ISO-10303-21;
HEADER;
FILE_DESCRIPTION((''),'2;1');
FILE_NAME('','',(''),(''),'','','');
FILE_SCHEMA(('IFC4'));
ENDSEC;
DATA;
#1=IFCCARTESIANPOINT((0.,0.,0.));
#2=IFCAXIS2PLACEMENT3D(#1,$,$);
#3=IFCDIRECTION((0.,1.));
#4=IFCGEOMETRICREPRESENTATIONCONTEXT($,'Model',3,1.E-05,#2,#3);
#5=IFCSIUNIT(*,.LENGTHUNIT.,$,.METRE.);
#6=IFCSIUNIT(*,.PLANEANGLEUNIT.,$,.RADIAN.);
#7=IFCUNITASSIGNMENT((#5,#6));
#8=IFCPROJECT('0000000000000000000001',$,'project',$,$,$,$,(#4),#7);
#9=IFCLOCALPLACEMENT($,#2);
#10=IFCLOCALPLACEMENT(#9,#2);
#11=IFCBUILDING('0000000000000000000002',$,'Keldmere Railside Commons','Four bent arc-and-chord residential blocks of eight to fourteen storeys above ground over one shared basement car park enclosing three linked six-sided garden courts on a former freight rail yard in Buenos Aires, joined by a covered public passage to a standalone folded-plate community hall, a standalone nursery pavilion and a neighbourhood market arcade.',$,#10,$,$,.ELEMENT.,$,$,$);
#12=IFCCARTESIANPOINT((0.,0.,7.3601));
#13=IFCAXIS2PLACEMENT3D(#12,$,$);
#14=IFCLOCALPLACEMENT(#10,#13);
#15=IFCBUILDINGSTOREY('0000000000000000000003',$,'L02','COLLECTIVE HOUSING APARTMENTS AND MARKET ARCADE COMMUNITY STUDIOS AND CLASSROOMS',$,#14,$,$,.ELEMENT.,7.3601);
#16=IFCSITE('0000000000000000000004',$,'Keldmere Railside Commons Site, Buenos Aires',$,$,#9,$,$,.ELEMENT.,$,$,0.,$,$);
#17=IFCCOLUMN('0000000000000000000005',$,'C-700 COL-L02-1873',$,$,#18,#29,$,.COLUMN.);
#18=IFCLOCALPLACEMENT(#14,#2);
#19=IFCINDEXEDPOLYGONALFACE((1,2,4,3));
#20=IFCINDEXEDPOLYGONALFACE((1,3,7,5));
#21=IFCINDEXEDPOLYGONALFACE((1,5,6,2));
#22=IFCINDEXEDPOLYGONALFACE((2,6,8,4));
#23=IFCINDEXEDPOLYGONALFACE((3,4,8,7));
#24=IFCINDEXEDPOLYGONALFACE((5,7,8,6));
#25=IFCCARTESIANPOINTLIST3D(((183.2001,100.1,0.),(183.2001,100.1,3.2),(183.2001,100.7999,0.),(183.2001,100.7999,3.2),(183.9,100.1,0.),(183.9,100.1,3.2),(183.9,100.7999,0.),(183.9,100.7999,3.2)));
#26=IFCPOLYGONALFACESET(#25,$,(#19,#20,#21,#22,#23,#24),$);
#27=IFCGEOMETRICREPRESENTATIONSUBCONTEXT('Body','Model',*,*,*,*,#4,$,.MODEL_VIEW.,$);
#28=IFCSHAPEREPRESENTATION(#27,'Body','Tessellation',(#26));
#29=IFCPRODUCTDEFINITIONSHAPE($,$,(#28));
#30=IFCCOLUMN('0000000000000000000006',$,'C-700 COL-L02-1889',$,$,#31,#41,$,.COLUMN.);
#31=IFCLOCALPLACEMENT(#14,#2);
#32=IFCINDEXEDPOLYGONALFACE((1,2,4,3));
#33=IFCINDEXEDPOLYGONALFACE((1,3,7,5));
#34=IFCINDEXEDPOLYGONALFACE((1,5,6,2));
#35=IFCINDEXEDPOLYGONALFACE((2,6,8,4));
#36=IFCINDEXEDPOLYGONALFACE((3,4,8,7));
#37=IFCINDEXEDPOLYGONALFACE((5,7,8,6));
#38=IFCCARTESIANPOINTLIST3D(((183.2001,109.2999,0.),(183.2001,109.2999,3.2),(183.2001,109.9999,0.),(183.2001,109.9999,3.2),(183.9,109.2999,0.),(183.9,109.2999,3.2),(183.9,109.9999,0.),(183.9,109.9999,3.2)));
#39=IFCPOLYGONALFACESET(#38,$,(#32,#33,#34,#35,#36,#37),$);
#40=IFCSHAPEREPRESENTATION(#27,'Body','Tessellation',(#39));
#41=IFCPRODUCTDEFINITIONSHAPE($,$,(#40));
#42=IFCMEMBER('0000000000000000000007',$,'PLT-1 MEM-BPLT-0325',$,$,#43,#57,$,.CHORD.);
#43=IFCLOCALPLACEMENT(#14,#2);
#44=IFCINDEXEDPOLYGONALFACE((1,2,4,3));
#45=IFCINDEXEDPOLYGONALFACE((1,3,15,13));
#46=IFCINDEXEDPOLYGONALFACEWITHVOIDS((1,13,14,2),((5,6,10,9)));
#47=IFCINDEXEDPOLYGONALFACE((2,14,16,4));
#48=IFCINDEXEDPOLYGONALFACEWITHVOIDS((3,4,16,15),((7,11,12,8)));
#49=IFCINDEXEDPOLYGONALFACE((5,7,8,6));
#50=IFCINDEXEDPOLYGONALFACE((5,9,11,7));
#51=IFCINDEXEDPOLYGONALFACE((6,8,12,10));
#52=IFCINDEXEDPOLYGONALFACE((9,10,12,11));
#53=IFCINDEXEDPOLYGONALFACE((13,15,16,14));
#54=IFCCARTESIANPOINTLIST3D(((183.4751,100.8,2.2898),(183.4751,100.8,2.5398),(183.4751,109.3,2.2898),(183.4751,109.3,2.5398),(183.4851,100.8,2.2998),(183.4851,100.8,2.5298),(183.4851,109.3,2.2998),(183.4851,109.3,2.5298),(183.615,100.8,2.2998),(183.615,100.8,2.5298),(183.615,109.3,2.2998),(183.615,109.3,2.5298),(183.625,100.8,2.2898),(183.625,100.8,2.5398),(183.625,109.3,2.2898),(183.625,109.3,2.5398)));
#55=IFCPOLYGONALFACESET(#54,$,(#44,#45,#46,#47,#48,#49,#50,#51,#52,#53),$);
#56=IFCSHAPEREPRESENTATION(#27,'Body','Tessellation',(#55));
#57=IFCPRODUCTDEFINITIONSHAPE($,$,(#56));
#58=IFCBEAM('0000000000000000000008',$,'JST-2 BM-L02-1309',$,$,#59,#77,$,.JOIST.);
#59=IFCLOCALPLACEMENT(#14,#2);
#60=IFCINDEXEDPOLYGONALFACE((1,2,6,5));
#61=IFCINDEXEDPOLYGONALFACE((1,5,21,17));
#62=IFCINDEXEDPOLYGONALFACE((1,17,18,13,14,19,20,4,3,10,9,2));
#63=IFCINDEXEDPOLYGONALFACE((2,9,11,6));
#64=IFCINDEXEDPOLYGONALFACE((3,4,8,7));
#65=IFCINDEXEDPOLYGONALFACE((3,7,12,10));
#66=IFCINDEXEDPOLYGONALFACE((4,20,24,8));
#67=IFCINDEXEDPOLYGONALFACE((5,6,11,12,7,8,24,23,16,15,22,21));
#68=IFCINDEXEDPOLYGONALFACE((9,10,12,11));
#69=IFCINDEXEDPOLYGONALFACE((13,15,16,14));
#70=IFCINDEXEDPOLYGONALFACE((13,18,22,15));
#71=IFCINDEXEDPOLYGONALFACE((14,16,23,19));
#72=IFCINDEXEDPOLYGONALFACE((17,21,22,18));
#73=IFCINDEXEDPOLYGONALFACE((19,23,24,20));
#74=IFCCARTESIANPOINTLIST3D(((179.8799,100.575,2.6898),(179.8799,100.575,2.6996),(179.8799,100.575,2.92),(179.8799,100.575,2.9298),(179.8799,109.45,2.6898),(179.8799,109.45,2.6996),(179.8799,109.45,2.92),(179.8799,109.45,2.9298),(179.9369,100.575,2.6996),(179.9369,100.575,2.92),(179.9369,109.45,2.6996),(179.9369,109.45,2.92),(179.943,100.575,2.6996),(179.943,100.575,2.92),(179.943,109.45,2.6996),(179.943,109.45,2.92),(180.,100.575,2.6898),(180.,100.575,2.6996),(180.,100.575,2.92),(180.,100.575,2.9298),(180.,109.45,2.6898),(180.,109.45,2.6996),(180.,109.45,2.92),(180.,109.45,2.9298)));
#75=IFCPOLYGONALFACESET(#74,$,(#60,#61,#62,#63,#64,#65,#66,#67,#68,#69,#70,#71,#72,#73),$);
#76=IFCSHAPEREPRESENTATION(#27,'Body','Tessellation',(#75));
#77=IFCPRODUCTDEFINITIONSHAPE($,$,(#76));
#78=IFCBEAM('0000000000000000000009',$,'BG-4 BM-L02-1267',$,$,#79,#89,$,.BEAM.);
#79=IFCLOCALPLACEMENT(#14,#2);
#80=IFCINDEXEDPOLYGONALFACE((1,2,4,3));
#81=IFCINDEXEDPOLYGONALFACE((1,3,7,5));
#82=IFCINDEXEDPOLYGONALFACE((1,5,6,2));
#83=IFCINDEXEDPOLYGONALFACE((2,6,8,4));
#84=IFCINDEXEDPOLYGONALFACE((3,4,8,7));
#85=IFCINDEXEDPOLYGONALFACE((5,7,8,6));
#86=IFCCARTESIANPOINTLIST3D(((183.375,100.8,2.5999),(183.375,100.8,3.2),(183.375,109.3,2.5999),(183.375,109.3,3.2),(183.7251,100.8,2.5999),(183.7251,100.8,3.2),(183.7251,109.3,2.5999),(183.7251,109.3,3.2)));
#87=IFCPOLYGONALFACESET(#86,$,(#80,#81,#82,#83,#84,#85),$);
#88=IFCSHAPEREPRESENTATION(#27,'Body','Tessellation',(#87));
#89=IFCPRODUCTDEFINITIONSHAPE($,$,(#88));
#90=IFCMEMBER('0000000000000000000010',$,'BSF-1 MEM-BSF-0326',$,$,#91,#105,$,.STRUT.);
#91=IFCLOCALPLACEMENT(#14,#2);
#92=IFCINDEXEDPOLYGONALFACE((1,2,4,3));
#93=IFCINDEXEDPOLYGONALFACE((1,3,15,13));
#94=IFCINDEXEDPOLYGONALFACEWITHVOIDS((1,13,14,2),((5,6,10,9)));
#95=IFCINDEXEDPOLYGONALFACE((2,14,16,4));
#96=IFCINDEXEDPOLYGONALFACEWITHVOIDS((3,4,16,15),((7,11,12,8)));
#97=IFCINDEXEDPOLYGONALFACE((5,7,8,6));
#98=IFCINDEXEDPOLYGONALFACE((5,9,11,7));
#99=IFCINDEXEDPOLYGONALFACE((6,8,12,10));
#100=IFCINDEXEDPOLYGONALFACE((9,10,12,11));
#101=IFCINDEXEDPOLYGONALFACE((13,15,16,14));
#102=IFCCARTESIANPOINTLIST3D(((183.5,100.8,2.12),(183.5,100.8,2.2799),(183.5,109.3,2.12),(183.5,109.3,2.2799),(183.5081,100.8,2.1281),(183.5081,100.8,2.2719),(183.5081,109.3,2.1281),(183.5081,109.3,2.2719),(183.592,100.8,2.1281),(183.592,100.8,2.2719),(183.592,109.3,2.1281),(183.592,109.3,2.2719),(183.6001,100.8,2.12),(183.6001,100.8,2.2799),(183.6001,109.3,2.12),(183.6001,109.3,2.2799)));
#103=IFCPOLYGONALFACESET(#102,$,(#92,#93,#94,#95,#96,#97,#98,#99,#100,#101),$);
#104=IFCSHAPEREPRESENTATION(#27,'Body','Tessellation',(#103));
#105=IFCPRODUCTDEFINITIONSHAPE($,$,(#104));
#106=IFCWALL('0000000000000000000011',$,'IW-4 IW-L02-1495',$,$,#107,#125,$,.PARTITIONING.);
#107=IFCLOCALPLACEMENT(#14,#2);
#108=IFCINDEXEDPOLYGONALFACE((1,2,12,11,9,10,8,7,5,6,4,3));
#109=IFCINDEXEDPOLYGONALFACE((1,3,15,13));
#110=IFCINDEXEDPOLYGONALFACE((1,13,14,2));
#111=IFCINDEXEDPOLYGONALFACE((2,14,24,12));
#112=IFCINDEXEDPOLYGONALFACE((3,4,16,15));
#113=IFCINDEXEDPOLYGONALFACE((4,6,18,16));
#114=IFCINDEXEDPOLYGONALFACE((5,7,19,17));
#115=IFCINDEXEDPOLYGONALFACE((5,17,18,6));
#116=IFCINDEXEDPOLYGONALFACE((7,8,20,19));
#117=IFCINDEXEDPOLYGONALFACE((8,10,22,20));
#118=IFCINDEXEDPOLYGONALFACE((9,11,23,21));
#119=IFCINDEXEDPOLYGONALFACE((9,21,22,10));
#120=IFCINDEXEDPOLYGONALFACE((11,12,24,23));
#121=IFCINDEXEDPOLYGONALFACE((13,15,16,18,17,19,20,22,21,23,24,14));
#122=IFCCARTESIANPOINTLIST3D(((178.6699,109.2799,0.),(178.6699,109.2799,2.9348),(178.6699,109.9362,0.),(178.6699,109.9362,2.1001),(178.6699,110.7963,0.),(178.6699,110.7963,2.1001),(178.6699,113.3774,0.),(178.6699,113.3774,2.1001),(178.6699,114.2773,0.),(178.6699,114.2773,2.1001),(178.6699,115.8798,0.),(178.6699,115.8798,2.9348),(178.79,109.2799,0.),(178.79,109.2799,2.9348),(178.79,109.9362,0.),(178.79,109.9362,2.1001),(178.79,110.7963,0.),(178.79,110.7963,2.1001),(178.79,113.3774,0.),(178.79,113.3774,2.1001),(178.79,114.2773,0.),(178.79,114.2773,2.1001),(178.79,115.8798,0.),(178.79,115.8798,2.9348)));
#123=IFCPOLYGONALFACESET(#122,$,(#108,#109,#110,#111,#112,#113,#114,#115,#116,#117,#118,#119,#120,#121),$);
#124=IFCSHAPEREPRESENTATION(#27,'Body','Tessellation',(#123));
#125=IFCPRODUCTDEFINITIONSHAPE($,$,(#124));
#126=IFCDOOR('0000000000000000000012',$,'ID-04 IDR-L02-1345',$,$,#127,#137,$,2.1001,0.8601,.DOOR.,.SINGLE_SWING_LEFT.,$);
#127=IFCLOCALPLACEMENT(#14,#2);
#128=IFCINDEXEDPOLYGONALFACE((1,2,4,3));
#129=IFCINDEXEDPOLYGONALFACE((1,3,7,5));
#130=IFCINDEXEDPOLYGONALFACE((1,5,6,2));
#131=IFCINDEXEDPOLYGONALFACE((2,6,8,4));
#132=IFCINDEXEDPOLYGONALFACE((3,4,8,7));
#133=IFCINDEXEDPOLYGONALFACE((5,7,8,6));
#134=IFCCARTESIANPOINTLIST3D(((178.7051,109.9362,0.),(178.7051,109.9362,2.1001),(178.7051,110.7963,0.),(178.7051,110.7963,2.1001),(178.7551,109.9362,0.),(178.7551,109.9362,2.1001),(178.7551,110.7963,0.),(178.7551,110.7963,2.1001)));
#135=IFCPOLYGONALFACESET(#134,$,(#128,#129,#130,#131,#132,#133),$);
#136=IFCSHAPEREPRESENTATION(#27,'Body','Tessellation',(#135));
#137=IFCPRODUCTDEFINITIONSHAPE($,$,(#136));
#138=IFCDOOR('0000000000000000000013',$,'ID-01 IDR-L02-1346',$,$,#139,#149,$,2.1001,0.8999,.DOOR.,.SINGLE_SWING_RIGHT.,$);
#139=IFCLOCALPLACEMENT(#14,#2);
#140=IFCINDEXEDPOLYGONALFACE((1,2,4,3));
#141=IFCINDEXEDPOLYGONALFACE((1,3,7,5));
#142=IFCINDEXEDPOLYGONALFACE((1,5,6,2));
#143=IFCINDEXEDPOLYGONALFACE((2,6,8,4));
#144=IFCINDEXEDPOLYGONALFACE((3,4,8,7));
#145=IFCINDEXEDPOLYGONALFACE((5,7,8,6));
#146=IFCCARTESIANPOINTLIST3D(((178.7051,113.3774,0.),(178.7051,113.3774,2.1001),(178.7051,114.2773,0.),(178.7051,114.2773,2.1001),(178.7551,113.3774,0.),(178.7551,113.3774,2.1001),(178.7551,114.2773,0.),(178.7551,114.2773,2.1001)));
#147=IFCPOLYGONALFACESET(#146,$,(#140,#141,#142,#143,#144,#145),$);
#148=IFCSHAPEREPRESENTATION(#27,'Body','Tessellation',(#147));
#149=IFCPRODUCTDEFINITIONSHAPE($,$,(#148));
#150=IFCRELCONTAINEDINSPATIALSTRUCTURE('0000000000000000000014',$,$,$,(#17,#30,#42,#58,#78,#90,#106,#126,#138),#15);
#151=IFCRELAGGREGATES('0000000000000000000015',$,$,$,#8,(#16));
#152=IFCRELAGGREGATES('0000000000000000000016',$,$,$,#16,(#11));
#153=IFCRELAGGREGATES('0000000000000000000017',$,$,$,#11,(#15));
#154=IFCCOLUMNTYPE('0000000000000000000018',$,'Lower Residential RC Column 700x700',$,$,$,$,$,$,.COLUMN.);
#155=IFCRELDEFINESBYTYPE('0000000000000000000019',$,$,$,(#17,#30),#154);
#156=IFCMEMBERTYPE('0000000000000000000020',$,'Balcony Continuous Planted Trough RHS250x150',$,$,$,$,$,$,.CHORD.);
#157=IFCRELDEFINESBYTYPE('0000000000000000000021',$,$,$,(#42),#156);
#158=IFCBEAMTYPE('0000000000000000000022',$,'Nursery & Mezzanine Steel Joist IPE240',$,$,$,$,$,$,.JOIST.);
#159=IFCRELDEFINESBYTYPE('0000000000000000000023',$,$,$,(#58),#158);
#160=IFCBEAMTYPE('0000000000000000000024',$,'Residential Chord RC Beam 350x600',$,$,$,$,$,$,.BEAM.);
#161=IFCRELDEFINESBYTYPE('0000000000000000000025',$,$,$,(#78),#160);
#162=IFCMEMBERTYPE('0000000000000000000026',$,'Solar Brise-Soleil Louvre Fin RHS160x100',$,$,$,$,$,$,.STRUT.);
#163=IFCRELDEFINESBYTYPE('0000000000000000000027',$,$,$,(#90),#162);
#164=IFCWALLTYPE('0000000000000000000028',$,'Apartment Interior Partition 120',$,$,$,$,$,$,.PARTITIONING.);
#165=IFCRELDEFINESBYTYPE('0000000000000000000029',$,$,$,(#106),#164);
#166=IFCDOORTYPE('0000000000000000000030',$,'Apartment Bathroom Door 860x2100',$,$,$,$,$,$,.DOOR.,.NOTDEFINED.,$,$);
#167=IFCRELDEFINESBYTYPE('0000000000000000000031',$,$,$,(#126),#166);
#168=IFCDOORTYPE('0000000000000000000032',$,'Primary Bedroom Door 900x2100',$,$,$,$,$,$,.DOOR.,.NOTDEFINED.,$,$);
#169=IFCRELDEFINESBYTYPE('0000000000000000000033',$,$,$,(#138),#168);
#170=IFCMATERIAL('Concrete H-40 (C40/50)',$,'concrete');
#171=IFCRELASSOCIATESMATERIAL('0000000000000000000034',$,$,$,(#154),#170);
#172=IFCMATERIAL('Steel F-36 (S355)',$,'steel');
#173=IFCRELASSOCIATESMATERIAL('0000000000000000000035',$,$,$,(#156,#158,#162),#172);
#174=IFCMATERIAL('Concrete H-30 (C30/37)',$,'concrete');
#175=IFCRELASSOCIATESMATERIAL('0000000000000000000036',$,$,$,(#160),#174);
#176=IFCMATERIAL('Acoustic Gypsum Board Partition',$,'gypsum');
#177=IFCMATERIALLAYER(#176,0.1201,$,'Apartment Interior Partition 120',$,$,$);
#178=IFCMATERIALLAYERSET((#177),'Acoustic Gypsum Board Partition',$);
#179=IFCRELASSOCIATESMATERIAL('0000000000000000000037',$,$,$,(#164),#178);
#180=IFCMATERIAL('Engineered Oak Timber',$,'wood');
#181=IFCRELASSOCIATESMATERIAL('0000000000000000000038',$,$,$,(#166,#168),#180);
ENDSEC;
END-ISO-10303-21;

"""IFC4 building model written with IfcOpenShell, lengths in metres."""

from ifc_helpers import new_model, si_unit, direction, frame, frame_2d, origin, origin_2d, place, context, subcontext, project, spatial, rectangle, hollow_rectangle, i_section, extrude, material, layer, layer_set, material_profile, profile_set, type_object, element, fill, save


model = new_model("IFC4")

# Units and contexts
model_context = context("Model", 3, precision=1e-05, world=origin(), true_north=direction((0.0, 1.0)))
body_context = subcontext(model_context, "Body", "Model", "MODEL_VIEW")
ifc_project = project(units=[si_unit("LENGTHUNIT", "METRE"), si_unit("PLANEANGLEUNIT", "RADIAN")], contexts=[model_context])

# Site, building, storey
site_placement = place(None, origin())
site = spatial("IfcSite", under=ifc_project, at=site_placement, Name="Keldmere Railside Commons Site, Buenos Aires", CompositionType="ELEMENT", RefElevation=0.0)
building_placement = place(site_placement, origin())
building = spatial("IfcBuilding", under=site, at=building_placement, Name="Keldmere Railside Commons", Description="Four bent arc-and-chord residential blocks of eight to fourteen storeys above ground over one shared basement car park enclosing three linked six-sided garden courts on a former freight rail yard in Buenos Aires, joined by a covered public passage to a standalone folded-plate community hall, a standalone nursery pavilion and a neighbourhood market arcade.", CompositionType="ELEMENT")
storey_placement = place(building_placement, frame((0.0, 0.0, 7.3601)))
storey = spatial("IfcBuildingStorey", under=building, at=storey_placement, Name="L02", Description="COLLECTIVE HOUSING APARTMENTS AND MARKET ARCADE COMMUNITY STUDIOS AND CLASSROOMS", CompositionType="ELEMENT", Elevation=7.3601)

# Columns
ifc_material_1 = material(Name="Concrete H-40 (C40/50)", Category="concrete")
ifc_material_profile_1 = material_profile(ifc_material_1, rectangle(XDim=0.7, YDim=0.7, at=origin_2d()), Name="RC-700x700")
ifc_profile_set_1 = profile_set([ifc_material_profile_1], Name="Concrete H-40 (C40/50)")
column_type = type_object("IfcColumnType", Name="Lower Residential RC Column 700x700", PredefinedType="COLUMN", material=ifc_profile_set_1)
for number, where, z_axis, x_axis, name in (
    (1, (183.55, 100.45, 0.0), (0.0, 0.0, 1.0), (1.0, 0.0, 0.0), "C-700 COL-L02-1873"),
    (2, (183.55, 109.6499, 0.0), (0.0, 0.0, 1.0), (1.0, 0.0, 0.0), "C-700 COL-L02-1889"),
):
    element("IfcColumn", number, at=place(storey_placement, frame(where, z_axis=z_axis, x_axis=x_axis)), inside=storey, type_object=column_type, Name=name, PredefinedType="COLUMN", context=body_context, shape_type="SweptSolid", body=[
        extrude(rectangle(XDim=0.7, YDim=0.7, at=origin_2d()), origin(), (0.0, 0.0, 1.0), 3.2),
    ])

# Member
ifc_material_2 = material(Name="Steel F-36 (S355)", Category="steel")
ifc_material_profile_2 = material_profile(ifc_material_2, hollow_rectangle(XDim=0.1499, YDim=0.25, WallThickness=0.01, at=origin_2d()), Name="RHS-250x150x10")
ifc_profile_set_2 = profile_set([ifc_material_profile_2], Name="Steel F-36 (S355)")
member_type_1 = type_object("IfcMemberType", Name="Balcony Continuous Planted Trough RHS250x150", PredefinedType="CHORD", material=ifc_profile_set_2)
member_1_placement = place(storey_placement, frame((183.55, 100.8, 2.4148), z_axis=(0.0, 1.0, 0.0), x_axis=(-1.0, 0.0, 0.0)))
element("IfcMember", 3, at=member_1_placement, inside=storey, type_object=member_type_1, Name="PLT-1 MEM-BPLT-0325", PredefinedType="CHORD", context=body_context, shape_type="SweptSolid", body=[
    extrude(hollow_rectangle(XDim=0.1499, YDim=0.25, WallThickness=0.01, at=origin_2d()), origin(), (0.0, 0.0, 1.0), 8.5),
])

# Beams
ifc_material_profile_3 = material_profile(ifc_material_2, i_section(OverallWidth=0.1201, OverallDepth=0.24, WebThickness=0.0061, FlangeThickness=0.0098, at=origin_2d()), Name="IPE-240")
ifc_profile_set_3 = profile_set([ifc_material_profile_3], Name="Steel F-36 (S355)")
beam_type_1 = type_object("IfcBeamType", Name="Nursery & Mezzanine Steel Joist IPE240", PredefinedType="JOIST", material=ifc_profile_set_3)
beam_1_placement = place(storey_placement, frame((179.9399, 100.575, 2.8098), z_axis=(0.0, 1.0, 0.0), x_axis=(-1.0, 0.0, 0.0)))
element("IfcBeam", 4, at=beam_1_placement, inside=storey, type_object=beam_type_1, Name="JST-2 BM-L02-1309", PredefinedType="JOIST", context=body_context, shape_type="SweptSolid", body=[
    extrude(i_section(OverallWidth=0.1201, OverallDepth=0.24, WebThickness=0.0061, FlangeThickness=0.0098, at=origin_2d()), origin(), (0.0, 0.0, 1.0), 8.875),
])
ifc_material_3 = material(Name="Concrete H-30 (C30/37)", Category="concrete")
ifc_material_profile_4 = material_profile(ifc_material_3, rectangle(XDim=0.3501, YDim=0.6001, at=origin_2d()), Name="RC-350x600")
ifc_profile_set_4 = profile_set([ifc_material_profile_4], Name="Concrete H-30 (C30/37)")
beam_type_2 = type_object("IfcBeamType", Name="Residential Chord RC Beam 350x600", PredefinedType="BEAM", material=ifc_profile_set_4)
beam_2_placement = place(storey_placement, frame((183.55, 100.8, 2.8999), z_axis=(0.0, 1.0, 0.0), x_axis=(-1.0, 0.0, 0.0)))
element("IfcBeam", 5, at=beam_2_placement, inside=storey, type_object=beam_type_2, Name="BG-4 BM-L02-1267", PredefinedType="BEAM", context=body_context, shape_type="SweptSolid", body=[
    extrude(rectangle(XDim=0.3501, YDim=0.6001, at=origin_2d()), origin(), (0.0, 0.0, 1.0), 8.5),
])

# Member
ifc_material_profile_5 = material_profile(ifc_material_2, hollow_rectangle(XDim=0.1001, YDim=0.1599, WallThickness=0.0081, at=origin_2d()), Name="RHS-160x100x8")
ifc_profile_set_5 = profile_set([ifc_material_profile_5], Name="Steel F-36 (S355)")
member_type_2 = type_object("IfcMemberType", Name="Solar Brise-Soleil Louvre Fin RHS160x100", PredefinedType="STRUT", material=ifc_profile_set_5)
member_2_placement = place(storey_placement, frame((183.55, 100.8, 2.2), z_axis=(0.0, 1.0, 0.0), x_axis=(-1.0, 0.0, 0.0)))
element("IfcMember", 6, at=member_2_placement, inside=storey, type_object=member_type_2, Name="BSF-1 MEM-BSF-0326", PredefinedType="STRUT", context=body_context, shape_type="SweptSolid", body=[
    extrude(hollow_rectangle(XDim=0.1001, YDim=0.1599, WallThickness=0.0081, at=origin_2d()), origin(), (0.0, 0.0, 1.0), 8.5),
])

# Wall, openings, doors
ifc_material_4 = material(Name="Acoustic Gypsum Board Partition", Category="gypsum")
ifc_layer_1 = layer(ifc_material_4, 0.1201, Name="Apartment Interior Partition 120")
ifc_layer_set_1 = layer_set([ifc_layer_1], Name="Acoustic Gypsum Board Partition")
wall_type_1 = type_object("IfcWallType", Name="Apartment Interior Partition 120", PredefinedType="PARTITIONING", material=ifc_layer_set_1)
wall_1_placement = place(storey_placement, frame((178.73, 109.28, 0.0), z_axis=(0.0, 0.0, 1.0), x_axis=(0.0, 1.0, 0.0)))
wall_1 = element("IfcWall", 7, at=wall_1_placement, inside=storey, type_object=wall_type_1, Name="IW-4 IW-L02-1495", PredefinedType="PARTITIONING", context=body_context, shape_type="SweptSolid", body=[
    extrude(rectangle(XDim=6.5999, YDim=0.1201, at=frame_2d((3.2998, 0.0))), origin(), (0.0, 0.0, 1.0), 2.9348),
])
opening_1_placement = place(wall_1_placement, frame((0.656, 0.0, 0.0)))
opening_1 = element("IfcOpeningElement", 8, at=opening_1_placement, cuts=wall_1, PredefinedType="OPENING", context=body_context, shape_type="SweptSolid", body=[
    extrude(rectangle(XDim=0.8601, YDim=2.1001, at=frame_2d((0.4302, 1.05))), frame((0.0, 0.0701, 0.0), z_axis=(0.0, -1.0, 0.0), x_axis=(1.0, 0.0, 0.0)), (0.0, 0.0, 1.0), 0.1401),
])
opening_2_placement = place(wall_1_placement, frame((4.0974, 0.0, 0.0)))
opening_2 = element("IfcOpeningElement", 9, at=opening_2_placement, cuts=wall_1, PredefinedType="OPENING", context=body_context, shape_type="SweptSolid", body=[
    extrude(rectangle(XDim=0.8999, YDim=2.1001, at=frame_2d((0.45, 1.05))), frame((0.0, 0.0701, 0.0), z_axis=(0.0, -1.0, 0.0), x_axis=(1.0, 0.0, 0.0)), (0.0, 0.0, 1.0), 0.1401),
])
ifc_material_5 = material(Name="Engineered Oak Timber", Category="wood")
door_type_1 = type_object("IfcDoorType", Name="Apartment Bathroom Door 860x2100", OperationType="NOTDEFINED", PredefinedType="DOOR", material=ifc_material_5)
door_1_placement = place(opening_1_placement, origin())
door_1 = element("IfcDoor", 10, at=door_1_placement, inside=storey, type_object=door_type_1, Name="ID-04 IDR-L02-1345", OperationType="SINGLE_SWING_LEFT", OverallHeight=2.1001, OverallWidth=0.8601, PredefinedType="DOOR", context=body_context, shape_type="SweptSolid", body=[
    extrude(rectangle(XDim=0.8601, YDim=2.1001, at=frame_2d((0.4302, 1.05))), frame((0.0, 0.0249, 0.0), z_axis=(0.0, -1.0, 0.0), x_axis=(1.0, 0.0, 0.0)), (0.0, 0.0, 1.0), 0.05),
])
fill(opening_1, door_1)
door_type_2 = type_object("IfcDoorType", Name="Primary Bedroom Door 900x2100", OperationType="NOTDEFINED", PredefinedType="DOOR", material=ifc_material_5)
door_2_placement = place(opening_2_placement, origin())
door_2 = element("IfcDoor", 11, at=door_2_placement, inside=storey, type_object=door_type_2, Name="ID-01 IDR-L02-1346", OperationType="SINGLE_SWING_RIGHT", OverallHeight=2.1001, OverallWidth=0.8999, PredefinedType="DOOR", context=body_context, shape_type="SweptSolid", body=[
    extrude(rectangle(XDim=0.8999, YDim=2.1001, at=frame_2d((0.45, 1.05))), frame((0.0, 0.0249, 0.0), z_axis=(0.0, -1.0, 0.0), x_axis=(1.0, 0.0, 0.0)), (0.0, 0.0, 1.0), 0.05),
])
fill(opening_2, door_2)

save(model, "model.ifc")
